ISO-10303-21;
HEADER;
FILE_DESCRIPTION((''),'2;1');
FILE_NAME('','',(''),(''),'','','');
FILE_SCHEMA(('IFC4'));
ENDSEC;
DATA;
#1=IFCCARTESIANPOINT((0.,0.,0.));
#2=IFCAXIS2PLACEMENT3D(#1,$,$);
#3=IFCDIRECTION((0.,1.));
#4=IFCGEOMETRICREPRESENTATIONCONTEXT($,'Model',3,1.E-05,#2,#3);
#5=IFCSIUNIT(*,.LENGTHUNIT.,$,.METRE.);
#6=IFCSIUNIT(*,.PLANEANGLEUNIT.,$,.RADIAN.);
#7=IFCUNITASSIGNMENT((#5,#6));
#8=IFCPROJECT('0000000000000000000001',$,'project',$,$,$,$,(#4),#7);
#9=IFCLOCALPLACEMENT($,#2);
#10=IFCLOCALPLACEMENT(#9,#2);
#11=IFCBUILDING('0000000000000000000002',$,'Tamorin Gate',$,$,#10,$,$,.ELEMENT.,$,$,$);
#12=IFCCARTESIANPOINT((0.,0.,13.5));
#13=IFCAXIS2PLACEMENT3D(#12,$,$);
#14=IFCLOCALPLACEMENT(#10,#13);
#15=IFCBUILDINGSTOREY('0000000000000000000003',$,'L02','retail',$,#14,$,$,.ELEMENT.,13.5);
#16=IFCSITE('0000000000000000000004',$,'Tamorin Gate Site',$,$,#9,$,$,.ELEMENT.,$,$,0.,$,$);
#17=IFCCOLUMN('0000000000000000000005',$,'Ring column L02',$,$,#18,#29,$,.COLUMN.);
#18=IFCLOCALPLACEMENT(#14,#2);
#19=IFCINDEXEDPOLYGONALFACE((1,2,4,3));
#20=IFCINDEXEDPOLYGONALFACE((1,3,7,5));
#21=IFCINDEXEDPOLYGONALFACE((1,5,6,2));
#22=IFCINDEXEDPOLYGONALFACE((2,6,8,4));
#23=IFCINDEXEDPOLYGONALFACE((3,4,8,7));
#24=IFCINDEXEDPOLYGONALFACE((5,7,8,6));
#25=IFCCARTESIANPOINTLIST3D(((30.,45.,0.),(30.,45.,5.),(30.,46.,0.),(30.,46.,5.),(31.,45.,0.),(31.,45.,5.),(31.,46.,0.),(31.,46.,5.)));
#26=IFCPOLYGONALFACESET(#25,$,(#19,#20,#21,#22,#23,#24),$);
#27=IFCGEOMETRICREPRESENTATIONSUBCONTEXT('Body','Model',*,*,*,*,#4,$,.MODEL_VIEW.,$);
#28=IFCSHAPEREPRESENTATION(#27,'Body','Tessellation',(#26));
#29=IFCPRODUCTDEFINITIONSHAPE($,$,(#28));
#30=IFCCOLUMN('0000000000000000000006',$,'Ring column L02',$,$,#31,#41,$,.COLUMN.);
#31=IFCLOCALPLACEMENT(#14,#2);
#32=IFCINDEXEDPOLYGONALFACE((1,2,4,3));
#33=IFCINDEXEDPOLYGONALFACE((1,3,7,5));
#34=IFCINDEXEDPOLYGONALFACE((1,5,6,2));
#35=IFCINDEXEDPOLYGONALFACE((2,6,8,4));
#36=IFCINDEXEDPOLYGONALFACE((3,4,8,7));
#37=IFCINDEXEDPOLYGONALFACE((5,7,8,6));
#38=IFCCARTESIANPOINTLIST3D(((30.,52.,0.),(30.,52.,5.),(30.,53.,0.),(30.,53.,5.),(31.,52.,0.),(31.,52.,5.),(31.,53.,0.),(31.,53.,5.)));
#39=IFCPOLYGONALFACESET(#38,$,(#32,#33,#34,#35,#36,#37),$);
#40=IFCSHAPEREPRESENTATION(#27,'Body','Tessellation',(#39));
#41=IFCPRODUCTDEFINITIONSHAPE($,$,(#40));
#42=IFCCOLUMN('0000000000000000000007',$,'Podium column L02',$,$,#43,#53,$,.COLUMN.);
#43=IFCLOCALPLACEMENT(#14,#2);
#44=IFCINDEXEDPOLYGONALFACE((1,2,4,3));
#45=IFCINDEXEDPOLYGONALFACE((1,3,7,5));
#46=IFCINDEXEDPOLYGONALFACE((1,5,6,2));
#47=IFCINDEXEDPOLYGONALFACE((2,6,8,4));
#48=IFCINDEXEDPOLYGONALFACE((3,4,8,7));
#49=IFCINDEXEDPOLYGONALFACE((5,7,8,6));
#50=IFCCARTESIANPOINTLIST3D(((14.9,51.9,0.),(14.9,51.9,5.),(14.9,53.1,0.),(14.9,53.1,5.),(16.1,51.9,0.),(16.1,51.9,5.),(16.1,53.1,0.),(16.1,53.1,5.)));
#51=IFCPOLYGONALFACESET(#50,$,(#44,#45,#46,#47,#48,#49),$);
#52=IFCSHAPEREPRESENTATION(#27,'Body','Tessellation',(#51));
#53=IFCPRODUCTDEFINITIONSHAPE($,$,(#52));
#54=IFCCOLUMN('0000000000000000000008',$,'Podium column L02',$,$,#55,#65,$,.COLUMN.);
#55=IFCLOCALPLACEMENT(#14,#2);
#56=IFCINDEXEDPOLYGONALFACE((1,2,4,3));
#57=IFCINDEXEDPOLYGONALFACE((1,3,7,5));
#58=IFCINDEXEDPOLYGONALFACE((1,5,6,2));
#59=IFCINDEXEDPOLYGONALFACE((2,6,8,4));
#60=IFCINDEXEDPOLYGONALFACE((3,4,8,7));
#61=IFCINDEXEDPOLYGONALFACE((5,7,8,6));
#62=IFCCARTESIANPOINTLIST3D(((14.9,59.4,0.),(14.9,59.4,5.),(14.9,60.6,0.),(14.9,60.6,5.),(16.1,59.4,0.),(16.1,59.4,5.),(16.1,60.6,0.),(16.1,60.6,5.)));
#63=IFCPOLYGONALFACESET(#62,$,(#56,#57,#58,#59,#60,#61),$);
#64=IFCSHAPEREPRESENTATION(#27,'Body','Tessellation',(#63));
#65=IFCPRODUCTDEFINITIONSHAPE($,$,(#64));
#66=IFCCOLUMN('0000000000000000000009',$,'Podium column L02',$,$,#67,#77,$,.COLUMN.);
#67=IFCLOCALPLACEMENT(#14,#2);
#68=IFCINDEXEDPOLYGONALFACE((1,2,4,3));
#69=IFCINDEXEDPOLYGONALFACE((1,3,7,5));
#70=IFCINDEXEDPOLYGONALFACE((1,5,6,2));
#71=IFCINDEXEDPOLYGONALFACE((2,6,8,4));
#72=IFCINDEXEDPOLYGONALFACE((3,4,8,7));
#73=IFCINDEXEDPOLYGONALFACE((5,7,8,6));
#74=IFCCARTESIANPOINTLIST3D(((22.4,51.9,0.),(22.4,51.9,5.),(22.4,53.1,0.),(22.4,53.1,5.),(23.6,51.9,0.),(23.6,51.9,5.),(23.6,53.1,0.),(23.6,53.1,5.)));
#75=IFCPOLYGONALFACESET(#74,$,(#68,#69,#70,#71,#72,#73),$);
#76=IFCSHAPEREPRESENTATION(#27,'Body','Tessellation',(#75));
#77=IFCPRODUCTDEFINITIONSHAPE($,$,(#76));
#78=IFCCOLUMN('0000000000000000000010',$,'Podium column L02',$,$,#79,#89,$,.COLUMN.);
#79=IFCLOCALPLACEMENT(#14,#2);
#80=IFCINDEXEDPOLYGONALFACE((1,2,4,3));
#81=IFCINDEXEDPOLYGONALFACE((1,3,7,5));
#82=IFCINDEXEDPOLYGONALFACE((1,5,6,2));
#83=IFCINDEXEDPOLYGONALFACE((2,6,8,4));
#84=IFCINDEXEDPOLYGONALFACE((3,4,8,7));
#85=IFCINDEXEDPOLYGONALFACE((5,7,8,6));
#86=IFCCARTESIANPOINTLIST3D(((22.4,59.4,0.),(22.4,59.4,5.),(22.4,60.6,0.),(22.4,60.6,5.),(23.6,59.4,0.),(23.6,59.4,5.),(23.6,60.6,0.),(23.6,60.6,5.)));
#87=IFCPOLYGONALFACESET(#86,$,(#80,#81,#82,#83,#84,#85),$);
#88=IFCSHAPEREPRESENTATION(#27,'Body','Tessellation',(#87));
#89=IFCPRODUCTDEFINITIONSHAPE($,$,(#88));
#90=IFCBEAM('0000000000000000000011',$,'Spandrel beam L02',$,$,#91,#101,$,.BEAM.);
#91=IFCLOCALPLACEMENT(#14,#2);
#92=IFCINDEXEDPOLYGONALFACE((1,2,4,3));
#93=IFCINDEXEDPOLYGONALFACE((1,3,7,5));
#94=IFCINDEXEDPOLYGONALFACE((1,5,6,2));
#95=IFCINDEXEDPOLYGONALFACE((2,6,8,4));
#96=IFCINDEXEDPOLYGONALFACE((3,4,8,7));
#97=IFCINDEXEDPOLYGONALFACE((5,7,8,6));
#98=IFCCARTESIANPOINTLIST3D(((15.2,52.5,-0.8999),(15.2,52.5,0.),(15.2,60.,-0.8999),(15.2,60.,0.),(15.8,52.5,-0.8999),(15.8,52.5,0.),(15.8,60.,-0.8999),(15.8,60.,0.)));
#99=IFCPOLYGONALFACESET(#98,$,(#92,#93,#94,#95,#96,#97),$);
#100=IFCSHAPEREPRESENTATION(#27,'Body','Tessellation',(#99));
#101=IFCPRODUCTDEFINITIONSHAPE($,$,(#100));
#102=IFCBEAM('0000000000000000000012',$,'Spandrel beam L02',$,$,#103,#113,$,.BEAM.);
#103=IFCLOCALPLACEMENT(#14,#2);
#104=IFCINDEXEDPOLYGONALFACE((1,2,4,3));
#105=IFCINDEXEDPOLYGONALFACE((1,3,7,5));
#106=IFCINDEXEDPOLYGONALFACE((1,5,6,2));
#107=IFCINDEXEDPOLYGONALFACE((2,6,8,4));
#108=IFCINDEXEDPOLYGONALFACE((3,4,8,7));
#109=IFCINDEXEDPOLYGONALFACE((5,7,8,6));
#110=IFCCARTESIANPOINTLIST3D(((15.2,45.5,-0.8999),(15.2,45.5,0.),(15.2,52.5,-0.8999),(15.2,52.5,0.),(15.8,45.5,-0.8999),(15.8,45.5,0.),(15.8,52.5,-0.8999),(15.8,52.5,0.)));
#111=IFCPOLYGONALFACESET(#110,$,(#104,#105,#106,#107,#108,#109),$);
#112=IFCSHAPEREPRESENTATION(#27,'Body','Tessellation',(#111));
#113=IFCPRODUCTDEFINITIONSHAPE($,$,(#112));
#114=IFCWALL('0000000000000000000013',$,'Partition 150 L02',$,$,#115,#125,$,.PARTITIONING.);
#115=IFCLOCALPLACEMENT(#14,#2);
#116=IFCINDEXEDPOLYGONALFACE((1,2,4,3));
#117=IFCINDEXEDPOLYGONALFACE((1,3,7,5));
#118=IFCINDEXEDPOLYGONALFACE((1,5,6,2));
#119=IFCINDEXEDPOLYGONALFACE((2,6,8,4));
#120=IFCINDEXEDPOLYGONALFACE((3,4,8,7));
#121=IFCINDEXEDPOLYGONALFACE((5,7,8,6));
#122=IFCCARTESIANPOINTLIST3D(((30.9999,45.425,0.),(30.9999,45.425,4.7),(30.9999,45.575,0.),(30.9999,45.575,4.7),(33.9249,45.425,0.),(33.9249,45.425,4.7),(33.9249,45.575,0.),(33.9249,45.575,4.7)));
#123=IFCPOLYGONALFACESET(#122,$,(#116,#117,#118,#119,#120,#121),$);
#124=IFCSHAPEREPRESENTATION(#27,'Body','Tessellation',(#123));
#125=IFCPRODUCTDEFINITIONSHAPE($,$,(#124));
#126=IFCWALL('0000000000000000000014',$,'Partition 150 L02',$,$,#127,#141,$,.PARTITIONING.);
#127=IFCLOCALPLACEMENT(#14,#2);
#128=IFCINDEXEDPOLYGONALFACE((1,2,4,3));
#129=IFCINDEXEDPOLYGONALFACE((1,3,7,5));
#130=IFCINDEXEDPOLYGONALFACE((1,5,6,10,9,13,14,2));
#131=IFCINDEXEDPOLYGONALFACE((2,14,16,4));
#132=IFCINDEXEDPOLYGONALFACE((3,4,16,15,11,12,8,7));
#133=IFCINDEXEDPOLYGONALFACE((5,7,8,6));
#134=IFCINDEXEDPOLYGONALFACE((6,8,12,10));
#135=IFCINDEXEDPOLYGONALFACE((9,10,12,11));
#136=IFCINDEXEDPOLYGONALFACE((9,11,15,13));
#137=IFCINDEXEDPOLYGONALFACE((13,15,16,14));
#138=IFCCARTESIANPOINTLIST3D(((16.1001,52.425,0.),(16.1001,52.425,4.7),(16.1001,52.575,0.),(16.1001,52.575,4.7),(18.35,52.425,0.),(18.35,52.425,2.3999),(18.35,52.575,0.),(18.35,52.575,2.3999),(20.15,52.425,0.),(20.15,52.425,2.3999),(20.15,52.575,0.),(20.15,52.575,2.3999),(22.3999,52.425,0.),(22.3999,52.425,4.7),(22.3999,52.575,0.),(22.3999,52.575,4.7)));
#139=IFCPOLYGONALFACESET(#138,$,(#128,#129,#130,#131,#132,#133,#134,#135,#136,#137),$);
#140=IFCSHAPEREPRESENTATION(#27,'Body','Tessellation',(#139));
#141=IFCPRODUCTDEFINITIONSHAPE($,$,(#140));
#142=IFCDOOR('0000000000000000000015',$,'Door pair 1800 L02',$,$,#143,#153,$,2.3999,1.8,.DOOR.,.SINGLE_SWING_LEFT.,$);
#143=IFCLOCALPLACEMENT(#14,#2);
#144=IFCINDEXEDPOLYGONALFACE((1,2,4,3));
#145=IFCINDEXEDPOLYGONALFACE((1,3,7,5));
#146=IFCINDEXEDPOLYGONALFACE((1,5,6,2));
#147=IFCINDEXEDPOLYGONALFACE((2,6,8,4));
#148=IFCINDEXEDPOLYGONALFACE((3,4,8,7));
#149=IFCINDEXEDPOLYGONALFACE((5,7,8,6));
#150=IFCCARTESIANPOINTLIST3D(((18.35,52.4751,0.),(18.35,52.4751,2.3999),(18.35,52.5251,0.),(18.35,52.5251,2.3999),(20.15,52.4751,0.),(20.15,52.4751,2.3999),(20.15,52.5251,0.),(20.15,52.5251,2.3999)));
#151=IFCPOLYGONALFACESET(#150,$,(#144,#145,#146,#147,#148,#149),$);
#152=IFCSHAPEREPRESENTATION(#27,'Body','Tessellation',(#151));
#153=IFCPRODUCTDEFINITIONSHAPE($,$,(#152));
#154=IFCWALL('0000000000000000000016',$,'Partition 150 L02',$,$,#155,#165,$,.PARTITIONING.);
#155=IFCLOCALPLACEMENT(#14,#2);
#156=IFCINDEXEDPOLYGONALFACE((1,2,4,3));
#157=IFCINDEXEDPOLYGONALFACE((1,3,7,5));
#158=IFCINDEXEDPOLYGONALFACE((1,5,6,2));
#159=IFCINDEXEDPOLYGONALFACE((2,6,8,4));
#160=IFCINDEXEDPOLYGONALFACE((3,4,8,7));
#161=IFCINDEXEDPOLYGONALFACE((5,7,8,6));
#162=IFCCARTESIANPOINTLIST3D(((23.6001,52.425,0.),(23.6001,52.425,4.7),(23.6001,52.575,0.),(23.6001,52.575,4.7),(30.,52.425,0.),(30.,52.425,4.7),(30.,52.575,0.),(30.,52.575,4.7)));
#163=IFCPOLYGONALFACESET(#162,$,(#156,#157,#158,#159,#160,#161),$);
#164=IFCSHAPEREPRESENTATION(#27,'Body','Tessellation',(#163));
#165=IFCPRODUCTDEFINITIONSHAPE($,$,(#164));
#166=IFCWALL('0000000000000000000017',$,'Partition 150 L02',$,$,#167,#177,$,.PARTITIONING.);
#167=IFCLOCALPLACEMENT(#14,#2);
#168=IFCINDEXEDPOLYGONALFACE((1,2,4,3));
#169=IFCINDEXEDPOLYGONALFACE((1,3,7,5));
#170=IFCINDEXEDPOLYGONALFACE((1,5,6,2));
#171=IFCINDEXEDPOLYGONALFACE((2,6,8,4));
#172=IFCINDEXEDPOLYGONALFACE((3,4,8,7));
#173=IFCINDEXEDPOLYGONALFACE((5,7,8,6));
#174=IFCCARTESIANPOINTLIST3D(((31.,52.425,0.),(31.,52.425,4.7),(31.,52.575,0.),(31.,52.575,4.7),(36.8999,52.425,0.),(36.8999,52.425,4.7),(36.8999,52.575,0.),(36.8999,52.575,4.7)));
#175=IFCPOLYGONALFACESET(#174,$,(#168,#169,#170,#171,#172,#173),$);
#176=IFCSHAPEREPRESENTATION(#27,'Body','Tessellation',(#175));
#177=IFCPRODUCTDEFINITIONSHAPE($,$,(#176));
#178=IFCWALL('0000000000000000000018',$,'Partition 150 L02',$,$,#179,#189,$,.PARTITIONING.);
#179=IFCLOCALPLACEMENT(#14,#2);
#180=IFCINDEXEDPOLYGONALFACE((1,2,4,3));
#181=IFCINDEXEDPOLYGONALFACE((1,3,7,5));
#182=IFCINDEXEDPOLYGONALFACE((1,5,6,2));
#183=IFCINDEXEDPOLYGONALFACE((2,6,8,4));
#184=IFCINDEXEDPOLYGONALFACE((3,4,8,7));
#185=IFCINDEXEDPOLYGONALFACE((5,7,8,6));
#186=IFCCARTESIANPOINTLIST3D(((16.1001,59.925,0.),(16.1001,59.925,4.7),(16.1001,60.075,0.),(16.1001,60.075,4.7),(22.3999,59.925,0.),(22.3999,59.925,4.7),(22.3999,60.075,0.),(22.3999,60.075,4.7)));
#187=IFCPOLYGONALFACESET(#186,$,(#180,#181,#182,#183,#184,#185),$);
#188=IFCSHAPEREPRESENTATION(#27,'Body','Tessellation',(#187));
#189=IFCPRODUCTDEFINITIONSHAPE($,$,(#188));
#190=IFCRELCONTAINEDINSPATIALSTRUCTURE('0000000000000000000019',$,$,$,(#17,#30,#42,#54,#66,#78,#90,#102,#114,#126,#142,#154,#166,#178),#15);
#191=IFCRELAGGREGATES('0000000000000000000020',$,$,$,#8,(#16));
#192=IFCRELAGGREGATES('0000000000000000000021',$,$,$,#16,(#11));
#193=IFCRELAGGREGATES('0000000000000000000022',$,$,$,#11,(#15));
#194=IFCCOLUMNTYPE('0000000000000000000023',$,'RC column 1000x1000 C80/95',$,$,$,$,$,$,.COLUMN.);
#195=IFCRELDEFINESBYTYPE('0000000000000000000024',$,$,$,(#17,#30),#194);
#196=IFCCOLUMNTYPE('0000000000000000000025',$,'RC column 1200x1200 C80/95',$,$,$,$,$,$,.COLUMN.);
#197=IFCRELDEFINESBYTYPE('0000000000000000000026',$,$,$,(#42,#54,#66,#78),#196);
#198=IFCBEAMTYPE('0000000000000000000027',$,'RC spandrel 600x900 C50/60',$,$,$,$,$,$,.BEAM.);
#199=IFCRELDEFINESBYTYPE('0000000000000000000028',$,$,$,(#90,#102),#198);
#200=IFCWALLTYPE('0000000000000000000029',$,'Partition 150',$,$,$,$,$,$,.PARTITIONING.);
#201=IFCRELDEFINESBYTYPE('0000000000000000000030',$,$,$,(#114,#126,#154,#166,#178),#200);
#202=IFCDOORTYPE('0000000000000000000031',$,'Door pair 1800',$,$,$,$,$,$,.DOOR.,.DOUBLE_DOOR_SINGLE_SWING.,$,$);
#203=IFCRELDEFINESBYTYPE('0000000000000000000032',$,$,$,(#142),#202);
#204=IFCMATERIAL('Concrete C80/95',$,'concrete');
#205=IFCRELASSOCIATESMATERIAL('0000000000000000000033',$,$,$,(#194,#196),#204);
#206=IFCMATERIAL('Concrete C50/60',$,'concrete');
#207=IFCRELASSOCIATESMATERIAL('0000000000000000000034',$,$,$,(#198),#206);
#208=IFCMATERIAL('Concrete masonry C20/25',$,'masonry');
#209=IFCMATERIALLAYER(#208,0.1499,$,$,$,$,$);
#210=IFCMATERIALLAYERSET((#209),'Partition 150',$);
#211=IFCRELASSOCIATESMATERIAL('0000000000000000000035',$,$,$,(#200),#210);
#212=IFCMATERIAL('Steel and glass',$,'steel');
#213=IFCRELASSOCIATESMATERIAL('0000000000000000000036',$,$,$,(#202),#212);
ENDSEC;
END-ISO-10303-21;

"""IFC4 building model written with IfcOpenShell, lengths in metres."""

from ifc_helpers import new_model, si_unit, direction, frame, frame_2d, origin, origin_2d, place, context, subcontext, project, spatial, rectangle, extrude, material, layer, layer_set, material_profile, profile_set, type_object, element, fill, save


model = new_model("IFC4")

# Units and contexts
model_context = context("Model", 3, precision=1e-05, world=origin(), true_north=direction((0.0, 1.0)))
body_context = subcontext(model_context, "Body", "Model", "MODEL_VIEW")
ifc_project = project(units=[si_unit("LENGTHUNIT", "METRE"), si_unit("PLANEANGLEUNIT", "RADIAN")], contexts=[model_context])

# Site, building, storey
site_placement = place(None, origin())
site = spatial("IfcSite", under=ifc_project, at=site_placement, Name="Tamorin Gate Site", CompositionType="ELEMENT", RefElevation=0.0)
building_placement = place(site_placement, origin())
building = spatial("IfcBuilding", under=site, at=building_placement, Name="Tamorin Gate", CompositionType="ELEMENT")
storey_placement = place(building_placement, frame((0.0, 0.0, 13.5)))
storey = spatial("IfcBuildingStorey", under=building, at=storey_placement, Name="L02", Description="retail", CompositionType="ELEMENT", Elevation=13.5)

# Columns
ifc_material_1 = material(Name="Concrete C80/95", Category="concrete")
ifc_material_profile_1 = material_profile(ifc_material_1, rectangle(XDim=1.0, YDim=1.0, at=origin_2d()), Name="RC 1000x1000")
ifc_profile_set_1 = profile_set([ifc_material_profile_1], Name="Concrete C80/95")
column_type_1 = type_object("IfcColumnType", Name="RC column 1000x1000 C80/95", PredefinedType="COLUMN", material=ifc_profile_set_1)
for number, where, z_axis, x_axis, name in (
    (1, (30.5, 45.5, 0.0), (0.0, 0.0, 1.0), (1.0, 0.0, 0.0), "Ring column L02"),
    (2, (30.5, 52.5, 0.0), (0.0, 0.0, 1.0), (1.0, 0.0, 0.0), "Ring column L02"),
):
    element("IfcColumn", number, at=place(storey_placement, frame(where, z_axis=z_axis, x_axis=x_axis)), inside=storey, type_object=column_type_1, Name=name, PredefinedType="COLUMN", context=body_context, shape_type="SweptSolid", body=[
        extrude(rectangle(XDim=1.0, YDim=1.0, at=origin_2d()), origin(), (0.0, 0.0, 1.0), 5.0),
    ])
ifc_material_profile_2 = material_profile(ifc_material_1, rectangle(XDim=1.2, YDim=1.2, at=origin_2d()), Name="RC 1200x1200")
ifc_profile_set_2 = profile_set([ifc_material_profile_2], Name="Concrete C80/95")
column_type_2 = type_object("IfcColumnType", Name="RC column 1200x1200 C80/95", PredefinedType="COLUMN", material=ifc_profile_set_2)
for number, where, z_axis, x_axis, name in (
    (3, (15.5, 52.5, 0.0), (0.0, 0.0, 1.0), (1.0, 0.0, 0.0), "Podium column L02"),
    (4, (15.5, 60.0, 0.0), (0.0, 0.0, 1.0), (1.0, 0.0, 0.0), "Podium column L02"),
    (5, (23.0, 52.5, 0.0), (0.0, 0.0, 1.0), (1.0, 0.0, 0.0), "Podium column L02"),
    (6, (23.0, 60.0, 0.0), (0.0, 0.0, 1.0), (1.0, 0.0, 0.0), "Podium column L02"),
):
    element("IfcColumn", number, at=place(storey_placement, frame(where, z_axis=z_axis, x_axis=x_axis)), inside=storey, type_object=column_type_2, Name=name, PredefinedType="COLUMN", context=body_context, shape_type="SweptSolid", body=[
        extrude(rectangle(XDim=1.2, YDim=1.2, at=origin_2d()), origin(), (0.0, 0.0, 1.0), 5.0),
    ])

# Beams
ifc_material_2 = material(Name="Concrete C50/60", Category="concrete")
ifc_material_profile_3 = material_profile(ifc_material_2, rectangle(XDim=0.6001, YDim=0.8999, at=origin_2d()), Name="RC 600x900")
ifc_profile_set_3 = profile_set([ifc_material_profile_3], Name="Concrete C50/60")
beam_type = type_object("IfcBeamType", Name="RC spandrel 600x900 C50/60", PredefinedType="BEAM", material=ifc_profile_set_3)
beam_1_placement = place(storey_placement, frame((15.5, 60.0, -0.45), z_axis=(0.0, -1.0, 0.0), x_axis=(1.0, 0.0, 0.0)))
element("IfcBeam", 7, at=beam_1_placement, inside=storey, type_object=beam_type, Name="Spandrel beam L02", PredefinedType="BEAM", context=body_context, shape_type="SweptSolid", body=[
    extrude(rectangle(XDim=0.6001, YDim=0.8999, at=origin_2d()), origin(), (0.0, 0.0, 1.0), 7.5),
])
beam_2_placement = place(storey_placement, frame((15.5, 52.5, -0.45), z_axis=(0.0, -1.0, 0.0), x_axis=(1.0, 0.0, 0.0)))
element("IfcBeam", 8, at=beam_2_placement, inside=storey, type_object=beam_type, Name="Spandrel beam L02", PredefinedType="BEAM", context=body_context, shape_type="SweptSolid", body=[
    extrude(rectangle(XDim=0.6001, YDim=0.8999, at=origin_2d()), origin(), (0.0, 0.0, 1.0), 7.0),
])

# Wall
ifc_material_3 = material(Name="Concrete masonry C20/25", Category="masonry")
ifc_layer_1 = layer(ifc_material_3, 0.1499)
ifc_layer_set_1 = layer_set([ifc_layer_1], Name="Partition 150")
wall_type_1 = type_object("IfcWallType", Name="Partition 150", PredefinedType="PARTITIONING", material=ifc_layer_set_1)
wall_1_placement = place(storey_placement, frame((31.0, 45.5, 0.0), z_axis=(0.0, 0.0, 1.0), x_axis=(1.0, 0.0, 0.0)))
element("IfcWall", 9, at=wall_1_placement, inside=storey, type_object=wall_type_1, Name="Partition 150 L02", PredefinedType="PARTITIONING", context=body_context, shape_type="SweptSolid", body=[
    extrude(rectangle(XDim=2.925, YDim=0.1499, at=frame_2d((1.4624, 0.0))), origin(), (0.0, 0.0, 1.0), 4.7),
])

# Wall, opening, door
wall_2_placement = place(storey_placement, frame((22.3999, 52.5, 0.0), z_axis=(0.0, 0.0, 1.0), x_axis=(-1.0, 0.0, 0.0)))
wall_2 = element("IfcWall", 10, at=wall_2_placement, inside=storey, type_object=wall_type_1, Name="Partition 150 L02", PredefinedType="PARTITIONING", context=body_context, shape_type="SweptSolid", body=[
    extrude(rectangle(XDim=6.2998, YDim=0.1499, at=frame_2d((3.1499, 0.0))), origin(), (0.0, 0.0, 1.0), 4.7),
])
opening_1_placement = place(wall_2_placement, frame((2.25, 0.0, 0.0)))
opening_1 = element("IfcOpeningElement", 11, at=opening_1_placement, cuts=wall_2, PredefinedType="OPENING", context=body_context, shape_type="SweptSolid", body=[
    extrude(rectangle(XDim=1.8, YDim=2.3999, at=frame_2d((0.8999, 1.2))), frame((0.0, 0.085, 0.0), z_axis=(0.0, -1.0, 0.0), x_axis=(1.0, 0.0, 0.0)), (0.0, 0.0, 1.0), 0.1699),
])
ifc_material_4 = material(Name="Steel and glass", Category="steel")
door_type_1 = type_object("IfcDoorType", Name="Door pair 1800", OperationType="DOUBLE_DOOR_SINGLE_SWING", PredefinedType="DOOR", material=ifc_material_4)
door_1_placement = place(opening_1_placement, origin())
door_1 = element("IfcDoor", 12, at=door_1_placement, inside=storey, type_object=door_type_1, Name="Door pair 1800 L02", OperationType="SINGLE_SWING_LEFT", OverallHeight=2.3999, OverallWidth=1.8, PredefinedType="DOOR", context=body_context, shape_type="SweptSolid", body=[
    extrude(rectangle(XDim=1.8, YDim=2.3999, at=frame_2d((0.8999, 1.2))), frame((0.0, 0.0249, 0.0), z_axis=(0.0, -1.0, 0.0), x_axis=(1.0, 0.0, 0.0)), (0.0, 0.0, 1.0), 0.05),
])
fill(opening_1, door_1)

# Walls
wall_3_placement = place(storey_placement, frame((23.6001, 52.5, 0.0), z_axis=(0.0, 0.0, 1.0), x_axis=(1.0, 0.0, 0.0)))
element("IfcWall", 13, at=wall_3_placement, inside=storey, type_object=wall_type_1, Name="Partition 150 L02", PredefinedType="PARTITIONING", context=body_context, shape_type="SweptSolid", body=[
    extrude(rectangle(XDim=6.3999, YDim=0.1499, at=frame_2d((3.2, 0.0))), origin(), (0.0, 0.0, 1.0), 4.7),
])
wall_4_placement = place(storey_placement, frame((31.0, 52.5, 0.0), z_axis=(0.0, 0.0, 1.0), x_axis=(1.0, 0.0, 0.0)))
element("IfcWall", 14, at=wall_4_placement, inside=storey, type_object=wall_type_1, Name="Partition 150 L02", PredefinedType="PARTITIONING", context=body_context, shape_type="SweptSolid", body=[
    extrude(rectangle(XDim=5.8999, YDim=0.1499, at=frame_2d((2.95, 0.0))), origin(), (0.0, 0.0, 1.0), 4.7),
])
wall_5_placement = place(storey_placement, frame((16.1001, 60.0, 0.0), z_axis=(0.0, 0.0, 1.0), x_axis=(1.0, 0.0, 0.0)))
element("IfcWall", 15, at=wall_5_placement, inside=storey, type_object=wall_type_1, Name="Partition 150 L02", PredefinedType="PARTITIONING", context=body_context, shape_type="SweptSolid", body=[
    extrude(rectangle(XDim=6.2998, YDim=0.1499, at=frame_2d((3.1499, 0.0))), origin(), (0.0, 0.0, 1.0), 4.7),
])

save(model, "model.ifc")
